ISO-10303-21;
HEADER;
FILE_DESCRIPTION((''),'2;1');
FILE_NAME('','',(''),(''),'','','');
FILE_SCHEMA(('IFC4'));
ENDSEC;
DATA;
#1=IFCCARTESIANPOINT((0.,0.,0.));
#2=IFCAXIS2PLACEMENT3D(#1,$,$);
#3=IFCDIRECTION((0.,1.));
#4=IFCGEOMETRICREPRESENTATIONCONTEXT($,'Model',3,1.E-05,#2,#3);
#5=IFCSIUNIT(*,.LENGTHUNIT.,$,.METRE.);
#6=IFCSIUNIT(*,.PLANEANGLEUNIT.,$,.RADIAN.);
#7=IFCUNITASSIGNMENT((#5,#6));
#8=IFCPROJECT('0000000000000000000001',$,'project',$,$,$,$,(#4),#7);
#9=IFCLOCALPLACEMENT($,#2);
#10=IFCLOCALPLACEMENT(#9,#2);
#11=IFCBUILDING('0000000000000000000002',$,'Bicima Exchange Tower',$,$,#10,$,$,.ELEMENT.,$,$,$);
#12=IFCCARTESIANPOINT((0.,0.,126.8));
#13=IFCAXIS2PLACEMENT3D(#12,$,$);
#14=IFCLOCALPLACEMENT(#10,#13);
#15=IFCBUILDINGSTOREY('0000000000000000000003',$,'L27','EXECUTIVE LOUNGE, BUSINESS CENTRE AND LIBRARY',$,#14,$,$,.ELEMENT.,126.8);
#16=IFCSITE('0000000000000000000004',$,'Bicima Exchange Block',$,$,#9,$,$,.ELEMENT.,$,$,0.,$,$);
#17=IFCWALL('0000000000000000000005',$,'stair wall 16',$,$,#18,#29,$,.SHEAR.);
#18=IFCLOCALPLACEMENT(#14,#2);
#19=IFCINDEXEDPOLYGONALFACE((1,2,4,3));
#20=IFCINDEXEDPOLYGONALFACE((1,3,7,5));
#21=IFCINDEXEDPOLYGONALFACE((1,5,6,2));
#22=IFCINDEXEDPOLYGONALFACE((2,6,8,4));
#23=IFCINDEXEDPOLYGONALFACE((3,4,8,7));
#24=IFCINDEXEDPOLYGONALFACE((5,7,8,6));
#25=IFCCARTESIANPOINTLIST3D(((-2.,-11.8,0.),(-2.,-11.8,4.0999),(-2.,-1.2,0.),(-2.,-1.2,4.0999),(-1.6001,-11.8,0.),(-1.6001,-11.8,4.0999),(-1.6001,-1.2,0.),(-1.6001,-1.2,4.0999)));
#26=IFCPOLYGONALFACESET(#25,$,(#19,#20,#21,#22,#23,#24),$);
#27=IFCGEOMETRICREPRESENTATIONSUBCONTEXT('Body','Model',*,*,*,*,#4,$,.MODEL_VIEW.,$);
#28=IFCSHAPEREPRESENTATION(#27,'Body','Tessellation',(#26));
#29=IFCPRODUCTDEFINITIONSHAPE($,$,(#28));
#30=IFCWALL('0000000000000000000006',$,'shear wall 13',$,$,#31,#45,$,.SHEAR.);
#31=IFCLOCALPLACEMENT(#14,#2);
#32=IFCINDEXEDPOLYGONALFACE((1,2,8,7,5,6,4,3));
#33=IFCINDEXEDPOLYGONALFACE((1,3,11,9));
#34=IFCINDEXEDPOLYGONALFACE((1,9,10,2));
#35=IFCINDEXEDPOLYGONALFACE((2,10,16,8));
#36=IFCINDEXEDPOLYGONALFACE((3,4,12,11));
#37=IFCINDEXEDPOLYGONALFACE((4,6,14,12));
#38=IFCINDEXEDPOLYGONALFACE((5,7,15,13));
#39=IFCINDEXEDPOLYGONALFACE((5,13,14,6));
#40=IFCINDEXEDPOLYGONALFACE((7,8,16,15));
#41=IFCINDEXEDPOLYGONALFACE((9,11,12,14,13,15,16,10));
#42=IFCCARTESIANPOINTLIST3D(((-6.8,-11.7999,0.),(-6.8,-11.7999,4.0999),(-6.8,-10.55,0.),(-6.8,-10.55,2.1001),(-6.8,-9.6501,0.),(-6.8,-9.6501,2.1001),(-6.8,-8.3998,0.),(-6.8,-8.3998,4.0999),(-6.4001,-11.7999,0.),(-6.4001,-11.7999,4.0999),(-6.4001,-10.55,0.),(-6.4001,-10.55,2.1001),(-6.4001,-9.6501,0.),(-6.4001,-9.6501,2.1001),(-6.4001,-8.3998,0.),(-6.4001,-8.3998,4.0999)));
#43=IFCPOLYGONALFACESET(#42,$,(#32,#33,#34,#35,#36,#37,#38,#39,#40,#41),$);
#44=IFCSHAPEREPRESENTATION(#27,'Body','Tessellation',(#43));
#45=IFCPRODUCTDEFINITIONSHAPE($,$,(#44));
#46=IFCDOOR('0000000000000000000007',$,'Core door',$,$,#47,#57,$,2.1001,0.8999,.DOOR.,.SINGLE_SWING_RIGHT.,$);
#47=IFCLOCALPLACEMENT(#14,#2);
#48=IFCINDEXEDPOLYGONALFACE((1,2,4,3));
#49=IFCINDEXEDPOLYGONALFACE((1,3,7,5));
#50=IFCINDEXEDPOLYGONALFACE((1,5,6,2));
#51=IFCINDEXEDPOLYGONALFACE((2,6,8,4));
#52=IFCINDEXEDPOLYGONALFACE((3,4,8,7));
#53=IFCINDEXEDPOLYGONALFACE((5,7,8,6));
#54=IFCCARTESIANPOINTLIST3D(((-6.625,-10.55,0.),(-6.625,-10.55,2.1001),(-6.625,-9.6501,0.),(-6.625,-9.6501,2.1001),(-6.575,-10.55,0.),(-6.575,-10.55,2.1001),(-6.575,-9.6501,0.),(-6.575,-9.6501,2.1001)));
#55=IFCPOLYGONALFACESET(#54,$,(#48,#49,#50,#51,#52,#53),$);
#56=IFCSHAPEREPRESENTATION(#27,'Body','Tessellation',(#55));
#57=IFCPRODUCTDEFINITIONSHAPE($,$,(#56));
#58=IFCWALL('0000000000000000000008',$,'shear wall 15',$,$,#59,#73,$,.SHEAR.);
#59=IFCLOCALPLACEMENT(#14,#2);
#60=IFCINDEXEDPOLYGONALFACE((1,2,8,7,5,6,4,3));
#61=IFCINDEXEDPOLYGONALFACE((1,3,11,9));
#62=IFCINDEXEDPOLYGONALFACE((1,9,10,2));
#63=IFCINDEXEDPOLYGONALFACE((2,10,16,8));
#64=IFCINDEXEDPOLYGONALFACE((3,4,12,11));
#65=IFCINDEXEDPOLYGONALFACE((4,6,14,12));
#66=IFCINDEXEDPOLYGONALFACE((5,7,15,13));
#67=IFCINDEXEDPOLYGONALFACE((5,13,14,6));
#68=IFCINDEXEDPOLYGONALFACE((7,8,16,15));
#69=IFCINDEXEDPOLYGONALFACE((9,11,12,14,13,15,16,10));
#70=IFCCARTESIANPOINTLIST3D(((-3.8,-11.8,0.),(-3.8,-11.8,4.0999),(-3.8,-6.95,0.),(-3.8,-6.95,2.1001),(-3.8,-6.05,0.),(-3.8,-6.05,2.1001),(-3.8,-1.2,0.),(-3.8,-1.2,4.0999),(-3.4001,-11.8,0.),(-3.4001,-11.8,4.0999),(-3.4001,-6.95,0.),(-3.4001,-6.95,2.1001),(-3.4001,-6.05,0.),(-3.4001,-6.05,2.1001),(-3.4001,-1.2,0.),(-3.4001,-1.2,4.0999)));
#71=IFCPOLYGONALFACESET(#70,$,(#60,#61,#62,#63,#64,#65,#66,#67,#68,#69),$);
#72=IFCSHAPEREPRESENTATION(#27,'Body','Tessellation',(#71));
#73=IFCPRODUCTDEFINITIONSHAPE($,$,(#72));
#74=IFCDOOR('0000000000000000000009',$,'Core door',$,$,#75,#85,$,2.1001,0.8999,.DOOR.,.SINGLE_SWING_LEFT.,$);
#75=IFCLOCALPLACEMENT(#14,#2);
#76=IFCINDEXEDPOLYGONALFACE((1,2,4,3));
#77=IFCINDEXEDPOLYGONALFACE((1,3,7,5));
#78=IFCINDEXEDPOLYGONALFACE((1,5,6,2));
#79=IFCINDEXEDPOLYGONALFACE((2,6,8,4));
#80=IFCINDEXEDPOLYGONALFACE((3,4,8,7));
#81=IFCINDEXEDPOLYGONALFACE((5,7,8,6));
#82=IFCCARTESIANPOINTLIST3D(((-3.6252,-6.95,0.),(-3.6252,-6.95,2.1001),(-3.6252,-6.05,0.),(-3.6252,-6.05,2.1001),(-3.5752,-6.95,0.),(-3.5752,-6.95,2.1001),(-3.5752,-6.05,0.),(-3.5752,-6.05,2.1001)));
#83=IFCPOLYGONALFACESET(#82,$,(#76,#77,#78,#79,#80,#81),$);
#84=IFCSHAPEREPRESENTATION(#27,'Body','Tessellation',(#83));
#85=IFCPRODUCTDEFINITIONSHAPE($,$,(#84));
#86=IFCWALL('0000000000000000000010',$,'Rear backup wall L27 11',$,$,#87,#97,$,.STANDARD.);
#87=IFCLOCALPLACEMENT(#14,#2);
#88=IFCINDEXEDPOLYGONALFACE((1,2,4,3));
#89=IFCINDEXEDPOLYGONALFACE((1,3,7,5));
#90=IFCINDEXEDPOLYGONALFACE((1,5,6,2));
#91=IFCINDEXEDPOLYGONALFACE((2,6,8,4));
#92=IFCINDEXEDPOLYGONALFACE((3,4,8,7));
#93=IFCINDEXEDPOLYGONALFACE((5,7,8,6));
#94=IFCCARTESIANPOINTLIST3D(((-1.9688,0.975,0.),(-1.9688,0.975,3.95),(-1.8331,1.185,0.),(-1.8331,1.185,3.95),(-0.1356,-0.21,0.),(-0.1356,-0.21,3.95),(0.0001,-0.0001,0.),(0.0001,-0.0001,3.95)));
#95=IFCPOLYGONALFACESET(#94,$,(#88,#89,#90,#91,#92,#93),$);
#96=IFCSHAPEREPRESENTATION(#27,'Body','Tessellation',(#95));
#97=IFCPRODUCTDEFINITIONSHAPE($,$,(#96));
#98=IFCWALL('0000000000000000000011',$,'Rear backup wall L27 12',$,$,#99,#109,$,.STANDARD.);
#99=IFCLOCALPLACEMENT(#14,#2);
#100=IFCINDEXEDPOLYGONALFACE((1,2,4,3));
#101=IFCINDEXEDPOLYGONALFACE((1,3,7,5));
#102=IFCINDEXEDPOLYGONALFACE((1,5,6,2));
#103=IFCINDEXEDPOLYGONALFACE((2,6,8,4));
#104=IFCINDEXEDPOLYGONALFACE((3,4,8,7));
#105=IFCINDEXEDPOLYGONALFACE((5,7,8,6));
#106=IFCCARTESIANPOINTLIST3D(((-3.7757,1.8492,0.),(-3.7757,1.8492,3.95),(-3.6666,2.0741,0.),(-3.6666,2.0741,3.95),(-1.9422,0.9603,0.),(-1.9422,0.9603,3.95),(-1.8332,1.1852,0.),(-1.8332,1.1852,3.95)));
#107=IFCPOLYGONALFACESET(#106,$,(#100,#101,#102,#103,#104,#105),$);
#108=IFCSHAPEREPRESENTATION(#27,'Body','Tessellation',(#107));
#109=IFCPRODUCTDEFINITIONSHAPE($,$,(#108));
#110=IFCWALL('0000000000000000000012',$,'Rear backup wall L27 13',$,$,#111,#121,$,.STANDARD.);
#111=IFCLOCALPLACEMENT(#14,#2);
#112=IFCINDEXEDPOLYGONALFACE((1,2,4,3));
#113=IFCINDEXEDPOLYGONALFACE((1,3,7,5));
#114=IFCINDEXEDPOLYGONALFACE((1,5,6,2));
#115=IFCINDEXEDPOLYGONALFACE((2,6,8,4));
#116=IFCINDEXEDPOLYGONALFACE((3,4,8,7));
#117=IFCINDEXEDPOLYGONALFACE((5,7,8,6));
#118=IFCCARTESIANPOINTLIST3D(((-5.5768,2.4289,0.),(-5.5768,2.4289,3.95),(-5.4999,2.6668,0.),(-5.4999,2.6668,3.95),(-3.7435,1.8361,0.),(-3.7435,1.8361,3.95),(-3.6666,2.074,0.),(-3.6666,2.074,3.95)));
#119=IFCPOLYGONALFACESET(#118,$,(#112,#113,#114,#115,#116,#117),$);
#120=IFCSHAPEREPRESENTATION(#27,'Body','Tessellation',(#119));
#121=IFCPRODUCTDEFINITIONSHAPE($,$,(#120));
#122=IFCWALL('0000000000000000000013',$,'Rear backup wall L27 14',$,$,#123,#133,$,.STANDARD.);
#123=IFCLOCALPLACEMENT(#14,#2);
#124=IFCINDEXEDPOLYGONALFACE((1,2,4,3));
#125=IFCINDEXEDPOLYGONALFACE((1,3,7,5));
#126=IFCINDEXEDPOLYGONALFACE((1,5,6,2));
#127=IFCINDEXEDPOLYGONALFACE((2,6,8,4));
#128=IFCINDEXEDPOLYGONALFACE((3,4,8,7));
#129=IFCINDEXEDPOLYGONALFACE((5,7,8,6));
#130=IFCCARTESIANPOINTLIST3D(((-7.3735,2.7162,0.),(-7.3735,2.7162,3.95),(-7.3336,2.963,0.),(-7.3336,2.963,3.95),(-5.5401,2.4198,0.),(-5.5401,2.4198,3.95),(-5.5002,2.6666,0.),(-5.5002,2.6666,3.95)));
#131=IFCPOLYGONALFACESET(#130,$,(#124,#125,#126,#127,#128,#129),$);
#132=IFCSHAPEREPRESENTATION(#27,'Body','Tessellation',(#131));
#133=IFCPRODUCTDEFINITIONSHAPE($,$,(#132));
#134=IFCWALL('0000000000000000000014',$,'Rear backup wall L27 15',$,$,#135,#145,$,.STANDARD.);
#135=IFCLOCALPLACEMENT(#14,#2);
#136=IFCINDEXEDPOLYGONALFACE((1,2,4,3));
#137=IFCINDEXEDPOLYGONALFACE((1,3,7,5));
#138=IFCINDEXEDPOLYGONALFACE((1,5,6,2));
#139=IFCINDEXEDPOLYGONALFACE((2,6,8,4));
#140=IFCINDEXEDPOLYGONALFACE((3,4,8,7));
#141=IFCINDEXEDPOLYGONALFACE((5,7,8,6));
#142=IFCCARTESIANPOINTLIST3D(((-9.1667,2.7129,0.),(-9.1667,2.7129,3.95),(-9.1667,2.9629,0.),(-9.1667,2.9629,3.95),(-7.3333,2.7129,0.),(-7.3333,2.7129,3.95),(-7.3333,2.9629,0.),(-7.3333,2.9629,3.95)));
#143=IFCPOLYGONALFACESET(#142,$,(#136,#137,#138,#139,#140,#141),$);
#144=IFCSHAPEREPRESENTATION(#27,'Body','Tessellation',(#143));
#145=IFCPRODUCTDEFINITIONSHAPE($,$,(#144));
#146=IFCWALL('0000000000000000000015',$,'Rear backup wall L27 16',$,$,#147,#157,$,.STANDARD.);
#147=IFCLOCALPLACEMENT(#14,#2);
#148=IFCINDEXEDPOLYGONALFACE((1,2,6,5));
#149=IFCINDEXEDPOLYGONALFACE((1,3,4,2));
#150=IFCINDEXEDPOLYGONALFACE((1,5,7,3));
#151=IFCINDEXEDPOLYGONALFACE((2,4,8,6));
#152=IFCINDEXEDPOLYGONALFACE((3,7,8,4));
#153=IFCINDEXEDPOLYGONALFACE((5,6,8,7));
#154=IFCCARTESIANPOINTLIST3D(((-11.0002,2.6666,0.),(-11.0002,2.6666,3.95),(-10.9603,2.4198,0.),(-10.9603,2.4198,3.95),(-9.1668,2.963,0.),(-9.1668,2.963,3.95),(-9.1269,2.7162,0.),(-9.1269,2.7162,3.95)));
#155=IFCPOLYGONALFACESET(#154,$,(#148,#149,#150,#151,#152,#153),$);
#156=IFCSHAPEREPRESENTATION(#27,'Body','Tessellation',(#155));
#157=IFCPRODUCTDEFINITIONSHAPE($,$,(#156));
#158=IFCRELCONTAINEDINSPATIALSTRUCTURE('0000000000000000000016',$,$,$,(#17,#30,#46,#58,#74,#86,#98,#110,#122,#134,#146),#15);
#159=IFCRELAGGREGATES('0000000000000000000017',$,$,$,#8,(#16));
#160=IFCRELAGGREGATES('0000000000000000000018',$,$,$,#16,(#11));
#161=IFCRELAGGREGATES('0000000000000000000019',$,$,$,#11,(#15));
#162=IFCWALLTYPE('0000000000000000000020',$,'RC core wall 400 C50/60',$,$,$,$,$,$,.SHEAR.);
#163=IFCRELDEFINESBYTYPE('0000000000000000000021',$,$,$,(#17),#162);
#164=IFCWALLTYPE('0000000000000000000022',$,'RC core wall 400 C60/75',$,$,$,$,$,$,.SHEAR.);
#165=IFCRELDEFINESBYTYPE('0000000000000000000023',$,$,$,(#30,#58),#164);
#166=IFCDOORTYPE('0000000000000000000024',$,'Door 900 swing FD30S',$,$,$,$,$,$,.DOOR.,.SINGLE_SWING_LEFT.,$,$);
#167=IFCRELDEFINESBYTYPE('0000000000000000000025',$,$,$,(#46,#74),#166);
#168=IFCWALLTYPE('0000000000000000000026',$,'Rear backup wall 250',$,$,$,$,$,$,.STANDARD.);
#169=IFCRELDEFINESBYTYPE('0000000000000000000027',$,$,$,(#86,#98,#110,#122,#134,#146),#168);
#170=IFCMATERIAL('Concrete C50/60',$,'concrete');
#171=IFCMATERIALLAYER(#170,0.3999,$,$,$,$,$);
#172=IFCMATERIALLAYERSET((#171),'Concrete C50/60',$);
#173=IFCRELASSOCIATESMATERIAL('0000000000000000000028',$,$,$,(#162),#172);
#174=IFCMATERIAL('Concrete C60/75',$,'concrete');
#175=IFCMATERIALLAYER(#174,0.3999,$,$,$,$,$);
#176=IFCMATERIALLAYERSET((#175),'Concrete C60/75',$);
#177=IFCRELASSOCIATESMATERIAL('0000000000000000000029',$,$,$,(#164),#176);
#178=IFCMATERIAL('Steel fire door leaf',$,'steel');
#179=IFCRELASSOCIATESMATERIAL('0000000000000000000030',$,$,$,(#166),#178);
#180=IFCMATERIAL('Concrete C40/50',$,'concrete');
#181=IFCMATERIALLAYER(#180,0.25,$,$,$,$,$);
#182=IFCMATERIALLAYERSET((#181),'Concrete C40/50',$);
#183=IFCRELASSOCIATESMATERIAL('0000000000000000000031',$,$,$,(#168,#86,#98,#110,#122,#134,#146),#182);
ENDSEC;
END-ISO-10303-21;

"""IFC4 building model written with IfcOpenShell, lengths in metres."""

from ifc_helpers import new_model, si_unit, direction, frame, frame_2d, origin, place, context, subcontext, project, spatial, rectangle, extrude, material, layer, layer_set, layer_usage, type_object, element, fill, save


model = new_model("IFC4")

# Units and contexts
model_context = context("Model", 3, precision=1e-05, world=origin(), true_north=direction((0.0, 1.0)))
body_context = subcontext(model_context, "Body", "Model", "MODEL_VIEW")
ifc_project = project(units=[si_unit("LENGTHUNIT", "METRE"), si_unit("PLANEANGLEUNIT", "RADIAN")], contexts=[model_context])

# Site, building, storey
site_placement = place(None, origin())
site = spatial("IfcSite", under=ifc_project, at=site_placement, Name="Bicima Exchange Block", CompositionType="ELEMENT", RefElevation=0.0)
building_placement = place(site_placement, origin())
building = spatial("IfcBuilding", under=site, at=building_placement, Name="Bicima Exchange Tower", CompositionType="ELEMENT")
storey_placement = place(building_placement, frame((0.0, 0.0, 126.8)))
storey = spatial("IfcBuildingStorey", under=building, at=storey_placement, Name="L27", Description="EXECUTIVE LOUNGE, BUSINESS CENTRE AND LIBRARY", CompositionType="ELEMENT", Elevation=126.8)

# Shared definitions
ifc_material_1 = material(Name="Concrete C40/50", Category="concrete")

# Shared definitions
ifc_material_2 = material(Name="Concrete C50/60", Category="concrete")
ifc_layer_1 = layer(ifc_material_2, 0.3999)
ifc_layer_set_1 = layer_set([ifc_layer_1], Name="Concrete C50/60")
wall_type_1 = type_object("IfcWallType", Name="RC core wall 400 C50/60", PredefinedType="SHEAR", material=ifc_layer_set_1)
ifc_material_3 = material(Name="Steel fire door leaf", Category="steel")

# Wall
wall_1_placement = place(storey_placement, frame((-1.8, -11.8, 0.0), z_axis=(0.0, 0.0, 1.0), x_axis=(0.0, 1.0, 0.0)))
element("IfcWall", 1, at=wall_1_placement, inside=storey, type_object=wall_type_1, Name="stair wall 16", PredefinedType="SHEAR", context=body_context, shape_type="SweptSolid", body=[
    extrude(rectangle(XDim=10.6001, YDim=0.3999, at=frame_2d((5.3, 0.0))), origin(), (0.0, 0.0, 1.0), 4.0999),
])

# Walls, openings, doors
ifc_material_4 = material(Name="Concrete C60/75", Category="concrete")
ifc_layer_2 = layer(ifc_material_4, 0.3999)
ifc_layer_set_2 = layer_set([ifc_layer_2], Name="Concrete C60/75")
wall_type_2 = type_object("IfcWallType", Name="RC core wall 400 C60/75", PredefinedType="SHEAR", material=ifc_layer_set_2)
wall_2_placement = place(storey_placement, frame((-6.6001, -11.8, 0.0), z_axis=(0.0, 0.0, 1.0), x_axis=(0.0, 1.0, 0.0)))
wall_2 = element("IfcWall", 2, at=wall_2_placement, inside=storey, type_object=wall_type_2, Name="shear wall 13", PredefinedType="SHEAR", context=body_context, shape_type="SweptSolid", body=[
    extrude(rectangle(XDim=3.4001, YDim=0.3999, at=frame_2d((1.7002, 0.0))), origin(), (0.0, 0.0, 1.0), 4.0999),
])
opening_1_placement = place(wall_2_placement, frame((1.25, 0.0, 0.0)))
opening_1 = element("IfcOpeningElement", 3, at=opening_1_placement, cuts=wall_2, PredefinedType="OPENING", context=body_context, shape_type="SweptSolid", body=[
    extrude(rectangle(XDim=0.8999, YDim=2.1001, at=frame_2d((0.45, 1.05))), frame((0.0, 0.2119, 0.0), z_axis=(0.0, -1.0, 0.0), x_axis=(1.0, 0.0, 0.0)), (0.0, 0.0, 1.0), 0.4238),
])
door_type_1 = type_object("IfcDoorType", Name="Door 900 swing FD30S", OperationType="SINGLE_SWING_LEFT", PredefinedType="DOOR", material=ifc_material_3)
door_1_placement = place(opening_1_placement, origin())
door_1 = element("IfcDoor", 4, at=door_1_placement, inside=storey, type_object=door_type_1, Name="Core door", OperationType="SINGLE_SWING_RIGHT", OverallHeight=2.1001, OverallWidth=0.8999, PredefinedType="DOOR", context=body_context, shape_type="SweptSolid", body=[
    extrude(rectangle(XDim=0.8999, YDim=2.1001, at=frame_2d((0.45, 1.05))), frame((0.0, 0.0249, 0.0), z_axis=(0.0, -1.0, 0.0), x_axis=(1.0, 0.0, 0.0)), (0.0, 0.0, 1.0), 0.05),
])
fill(opening_1, door_1)
wall_3_placement = place(storey_placement, frame((-3.6001, -11.8, 0.0), z_axis=(0.0, 0.0, 1.0), x_axis=(0.0, 1.0, 0.0)))
wall_3 = element("IfcWall", 5, at=wall_3_placement, inside=storey, type_object=wall_type_2, Name="shear wall 15", PredefinedType="SHEAR", context=body_context, shape_type="SweptSolid", body=[
    extrude(rectangle(XDim=10.6001, YDim=0.3999, at=frame_2d((5.3, 0.0))), origin(), (0.0, 0.0, 1.0), 4.0999),
])
opening_2_placement = place(wall_3_placement, frame((4.8501, 0.0, 0.0)))
opening_2 = element("IfcOpeningElement", 6, at=opening_2_placement, cuts=wall_3, PredefinedType="OPENING", context=body_context, shape_type="SweptSolid", body=[
    extrude(rectangle(XDim=0.8999, YDim=2.1001, at=frame_2d((0.45, 1.05))), frame((0.0, 0.2119, 0.0), z_axis=(0.0, -1.0, 0.0), x_axis=(1.0, 0.0, 0.0)), (0.0, 0.0, 1.0), 0.4238),
])
door_2_placement = place(opening_2_placement, frame((0.8999, 0.0, 0.0), z_axis=(0.0, 0.0, 1.0), x_axis=(-1.0, 0.0, 0.0)))
door_2 = element("IfcDoor", 7, at=door_2_placement, inside=storey, type_object=door_type_1, Name="Core door", OperationType="SINGLE_SWING_LEFT", OverallHeight=2.1001, OverallWidth=0.8999, PredefinedType="DOOR", context=body_context, shape_type="SweptSolid", body=[
    extrude(rectangle(XDim=0.8999, YDim=2.1001, at=frame_2d((0.45, 1.05))), frame((0.0, 0.0249, 0.0), z_axis=(0.0, -1.0, 0.0), x_axis=(1.0, 0.0, 0.0)), (0.0, 0.0, 1.0), 0.05),
])
fill(opening_2, door_2)

# Walls
ifc_layer_3 = layer(ifc_material_1, 0.25)
ifc_layer_set_3 = layer_set([ifc_layer_3], Name="Concrete C40/50")
ifc_layer_usage = layer_usage(ifc_layer_set_3, "AXIS2", "POSITIVE", -0.125)
wall_type_3 = type_object("IfcWallType", Name="Rear backup wall 250", PredefinedType="STANDARD", material=ifc_layer_set_3)
wall_4_placement = place(storey_placement, frame((-0.0679, -0.105, 0.0), z_axis=(0.0, 0.0, 1.0), x_axis=(-0.839813, 0.542876, 0.0)))
element("IfcWall", 8, at=wall_4_placement, inside=storey, type_object=wall_type_3, material=ifc_layer_usage, Name="Rear backup wall L27 11", PredefinedType="STANDARD", context=body_context, shape_type="SweptSolid", body=[
    extrude(rectangle(XDim=2.1829, YDim=0.25, at=frame_2d((1.0913, 0.0))), origin(), (0.0, 0.0, 1.0), 3.95),
])
wall_5_placement = place(storey_placement, frame((-1.8877, 1.0728, 0.0), z_axis=(0.0, 0.0, 1.0), x_axis=(-0.899824, 0.436253, 0.0)))
element("IfcWall", 9, at=wall_5_placement, inside=storey, type_object=wall_type_3, material=ifc_layer_usage, Name="Rear backup wall L27 12", PredefinedType="STANDARD", context=body_context, shape_type="SweptSolid", body=[
    extrude(rectangle(XDim=2.0376, YDim=0.25, at=frame_2d((1.0188, 0.0))), origin(), (0.0, 0.0, 1.0), 3.95),
])
wall_6_placement = place(storey_placement, frame((-3.7051, 1.9551, 0.0), z_axis=(0.0, 0.0, 1.0), x_axis=(-0.951496, 0.307662, 0.0)))
element("IfcWall", 10, at=wall_6_placement, inside=storey, type_object=wall_type_3, material=ifc_layer_usage, Name="Rear backup wall L27 13", PredefinedType="STANDARD", context=body_context, shape_type="SweptSolid", body=[
    extrude(rectangle(XDim=1.9268, YDim=0.25, at=frame_2d((0.9634, 0.0))), origin(), (0.0, 0.0, 1.0), 3.95),
])
wall_7_placement = place(storey_placement, frame((-5.52, 2.5432, 0.0), z_axis=(0.0, 0.0, 1.0), x_axis=(-0.987182, 0.1596, 0.0)))
element("IfcWall", 11, at=wall_7_placement, inside=storey, type_object=wall_type_3, material=ifc_layer_usage, Name="Rear backup wall L27 14", PredefinedType="STANDARD", context=body_context, shape_type="SweptSolid", body=[
    extrude(rectangle(XDim=1.8572, YDim=0.25, at=frame_2d((0.9287, 0.0))), origin(), (0.0, 0.0, 1.0), 3.95),
])
wall_8_placement = place(storey_placement, frame((-7.3333, 2.8379, 0.0), z_axis=(0.0, 0.0, 1.0), x_axis=(-1.0, 0.0, 0.0)))
element("IfcWall", 12, at=wall_8_placement, inside=storey, type_object=wall_type_3, material=ifc_layer_usage, Name="Rear backup wall L27 15", PredefinedType="STANDARD", context=body_context, shape_type="SweptSolid", body=[
    extrude(rectangle(XDim=1.8335, YDim=0.25, at=frame_2d((0.9167, 0.0))), origin(), (0.0, 0.0, 1.0), 3.95),
])
wall_9_placement = place(storey_placement, frame((-9.1467, 2.8396, 0.0), z_axis=(0.0, 0.0, 1.0), x_axis=(-0.987182, -0.1596, 0.0)))
element("IfcWall", 13, at=wall_9_placement, inside=storey, type_object=wall_type_3, material=ifc_layer_usage, Name="Rear backup wall L27 16", PredefinedType="STANDARD", context=body_context, shape_type="SweptSolid", body=[
    extrude(rectangle(XDim=1.8572, YDim=0.25, at=frame_2d((0.9287, 0.0))), origin(), (0.0, 0.0, 1.0), 3.95),
])

save(model, "model.ifc")
